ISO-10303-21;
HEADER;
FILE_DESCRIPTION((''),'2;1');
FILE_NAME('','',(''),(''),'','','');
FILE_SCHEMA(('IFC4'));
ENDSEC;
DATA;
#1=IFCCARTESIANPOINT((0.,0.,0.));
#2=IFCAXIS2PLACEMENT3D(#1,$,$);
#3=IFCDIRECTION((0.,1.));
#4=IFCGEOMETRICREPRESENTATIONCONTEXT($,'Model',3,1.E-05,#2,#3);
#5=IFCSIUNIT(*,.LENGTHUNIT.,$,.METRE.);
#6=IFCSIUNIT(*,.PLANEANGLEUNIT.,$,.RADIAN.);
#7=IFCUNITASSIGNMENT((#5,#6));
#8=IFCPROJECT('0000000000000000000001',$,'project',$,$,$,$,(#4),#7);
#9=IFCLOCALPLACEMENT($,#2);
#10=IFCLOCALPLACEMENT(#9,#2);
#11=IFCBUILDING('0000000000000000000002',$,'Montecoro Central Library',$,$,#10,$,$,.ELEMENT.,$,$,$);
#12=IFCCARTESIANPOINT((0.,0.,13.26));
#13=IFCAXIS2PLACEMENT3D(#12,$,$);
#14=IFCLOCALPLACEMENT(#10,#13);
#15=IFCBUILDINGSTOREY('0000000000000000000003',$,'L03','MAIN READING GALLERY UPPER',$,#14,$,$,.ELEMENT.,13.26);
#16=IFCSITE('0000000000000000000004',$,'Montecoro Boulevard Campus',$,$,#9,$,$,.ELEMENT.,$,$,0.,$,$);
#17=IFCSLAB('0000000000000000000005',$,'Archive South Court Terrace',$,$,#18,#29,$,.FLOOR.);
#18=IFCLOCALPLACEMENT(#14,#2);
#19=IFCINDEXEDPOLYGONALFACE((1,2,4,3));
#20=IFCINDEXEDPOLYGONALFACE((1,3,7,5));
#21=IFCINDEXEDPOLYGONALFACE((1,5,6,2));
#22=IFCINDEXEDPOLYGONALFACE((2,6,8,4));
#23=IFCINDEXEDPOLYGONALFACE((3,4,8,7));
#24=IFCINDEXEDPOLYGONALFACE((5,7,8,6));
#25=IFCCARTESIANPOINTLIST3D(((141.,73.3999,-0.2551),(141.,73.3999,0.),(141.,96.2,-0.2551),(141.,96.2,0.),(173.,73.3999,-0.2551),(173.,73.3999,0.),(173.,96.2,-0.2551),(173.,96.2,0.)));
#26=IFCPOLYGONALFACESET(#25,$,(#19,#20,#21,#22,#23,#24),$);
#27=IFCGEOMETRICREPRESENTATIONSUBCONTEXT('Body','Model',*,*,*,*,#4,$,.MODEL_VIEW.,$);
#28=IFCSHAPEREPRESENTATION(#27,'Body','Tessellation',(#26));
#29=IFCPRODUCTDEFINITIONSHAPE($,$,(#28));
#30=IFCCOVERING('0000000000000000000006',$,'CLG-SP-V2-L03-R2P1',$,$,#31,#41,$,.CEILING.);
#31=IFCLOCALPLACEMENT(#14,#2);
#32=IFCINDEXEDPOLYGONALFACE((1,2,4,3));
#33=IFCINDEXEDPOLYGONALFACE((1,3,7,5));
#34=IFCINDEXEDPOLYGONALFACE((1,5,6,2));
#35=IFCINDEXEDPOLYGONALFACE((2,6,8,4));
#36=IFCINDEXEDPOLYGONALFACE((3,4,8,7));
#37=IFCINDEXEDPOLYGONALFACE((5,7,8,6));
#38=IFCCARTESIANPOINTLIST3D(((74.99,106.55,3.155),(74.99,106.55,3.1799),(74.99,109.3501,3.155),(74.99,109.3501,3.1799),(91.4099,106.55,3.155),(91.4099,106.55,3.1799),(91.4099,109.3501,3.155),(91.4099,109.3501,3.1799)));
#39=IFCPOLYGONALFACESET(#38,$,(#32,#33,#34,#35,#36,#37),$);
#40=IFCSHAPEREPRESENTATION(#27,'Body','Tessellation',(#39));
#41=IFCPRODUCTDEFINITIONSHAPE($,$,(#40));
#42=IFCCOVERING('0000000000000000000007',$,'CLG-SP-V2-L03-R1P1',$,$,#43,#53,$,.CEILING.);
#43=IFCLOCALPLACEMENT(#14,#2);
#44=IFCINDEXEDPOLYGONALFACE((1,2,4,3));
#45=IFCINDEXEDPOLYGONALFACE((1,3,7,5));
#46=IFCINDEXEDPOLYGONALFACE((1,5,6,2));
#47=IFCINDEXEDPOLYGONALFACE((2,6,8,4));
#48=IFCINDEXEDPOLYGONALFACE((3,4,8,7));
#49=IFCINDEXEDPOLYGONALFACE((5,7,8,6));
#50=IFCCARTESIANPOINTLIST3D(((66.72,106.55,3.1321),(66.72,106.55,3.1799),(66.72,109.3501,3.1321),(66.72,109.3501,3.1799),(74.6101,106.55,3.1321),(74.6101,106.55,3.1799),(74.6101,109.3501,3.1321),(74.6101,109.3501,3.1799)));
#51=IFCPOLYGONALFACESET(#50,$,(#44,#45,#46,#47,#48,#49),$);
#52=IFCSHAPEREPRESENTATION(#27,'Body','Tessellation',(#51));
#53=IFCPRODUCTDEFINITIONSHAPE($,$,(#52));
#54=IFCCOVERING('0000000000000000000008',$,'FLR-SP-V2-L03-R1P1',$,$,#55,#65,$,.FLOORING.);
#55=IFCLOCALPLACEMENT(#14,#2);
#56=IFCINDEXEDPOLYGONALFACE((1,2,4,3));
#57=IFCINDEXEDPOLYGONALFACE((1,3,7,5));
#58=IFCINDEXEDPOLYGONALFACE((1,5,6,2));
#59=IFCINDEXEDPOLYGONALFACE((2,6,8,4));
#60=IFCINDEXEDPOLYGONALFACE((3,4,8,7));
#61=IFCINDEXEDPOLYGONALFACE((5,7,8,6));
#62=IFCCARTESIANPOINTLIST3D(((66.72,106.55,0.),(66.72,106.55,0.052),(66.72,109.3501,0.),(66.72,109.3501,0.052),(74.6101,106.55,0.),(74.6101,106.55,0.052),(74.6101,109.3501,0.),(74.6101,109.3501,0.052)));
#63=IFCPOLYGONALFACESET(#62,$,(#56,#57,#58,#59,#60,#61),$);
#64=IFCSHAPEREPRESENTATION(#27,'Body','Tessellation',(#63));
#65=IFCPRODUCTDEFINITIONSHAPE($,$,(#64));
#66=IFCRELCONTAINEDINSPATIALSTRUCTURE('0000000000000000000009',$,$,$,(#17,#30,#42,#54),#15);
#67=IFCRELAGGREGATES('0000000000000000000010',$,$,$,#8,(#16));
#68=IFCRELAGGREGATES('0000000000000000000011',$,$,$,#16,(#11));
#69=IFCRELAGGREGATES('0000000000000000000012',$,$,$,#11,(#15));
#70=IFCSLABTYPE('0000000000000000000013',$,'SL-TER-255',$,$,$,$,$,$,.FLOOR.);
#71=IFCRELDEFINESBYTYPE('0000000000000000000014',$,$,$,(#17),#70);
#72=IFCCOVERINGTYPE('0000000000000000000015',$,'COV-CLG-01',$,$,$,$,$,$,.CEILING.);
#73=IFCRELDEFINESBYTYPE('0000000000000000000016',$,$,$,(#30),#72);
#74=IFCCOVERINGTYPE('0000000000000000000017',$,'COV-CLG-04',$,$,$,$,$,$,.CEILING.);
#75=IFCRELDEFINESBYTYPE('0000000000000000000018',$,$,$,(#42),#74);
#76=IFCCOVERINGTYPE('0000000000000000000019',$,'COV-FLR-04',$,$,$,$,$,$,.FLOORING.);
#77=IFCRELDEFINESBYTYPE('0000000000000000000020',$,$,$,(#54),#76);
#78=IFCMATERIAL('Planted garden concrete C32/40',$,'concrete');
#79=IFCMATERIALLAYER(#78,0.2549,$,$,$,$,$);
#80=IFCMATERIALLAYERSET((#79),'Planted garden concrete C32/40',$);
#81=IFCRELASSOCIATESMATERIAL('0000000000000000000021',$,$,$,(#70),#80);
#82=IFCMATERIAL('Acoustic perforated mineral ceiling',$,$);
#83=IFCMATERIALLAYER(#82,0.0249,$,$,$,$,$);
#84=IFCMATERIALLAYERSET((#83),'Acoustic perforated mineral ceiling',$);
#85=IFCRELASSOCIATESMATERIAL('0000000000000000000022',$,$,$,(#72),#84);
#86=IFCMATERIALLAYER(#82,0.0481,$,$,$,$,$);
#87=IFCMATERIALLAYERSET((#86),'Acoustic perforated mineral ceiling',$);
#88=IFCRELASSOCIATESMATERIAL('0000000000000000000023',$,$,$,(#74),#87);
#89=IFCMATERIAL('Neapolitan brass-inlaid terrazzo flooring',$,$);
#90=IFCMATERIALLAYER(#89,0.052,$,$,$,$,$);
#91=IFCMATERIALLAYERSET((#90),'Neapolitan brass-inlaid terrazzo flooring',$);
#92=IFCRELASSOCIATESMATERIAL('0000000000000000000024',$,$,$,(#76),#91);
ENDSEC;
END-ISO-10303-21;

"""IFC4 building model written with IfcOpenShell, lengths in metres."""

from ifc_helpers import new_model, si_unit, direction, frame, origin, place, context, subcontext, project, spatial, polyline, outline, extrude, material, layer, layer_set, type_object, element, save


model = new_model("IFC4")

# Units and contexts
model_context = context("Model", 3, precision=1e-05, world=origin(), true_north=direction((0.0, 1.0)))
body_context = subcontext(model_context, "Body", "Model", "MODEL_VIEW")
ifc_project = project(units=[si_unit("LENGTHUNIT", "METRE"), si_unit("PLANEANGLEUNIT", "RADIAN")], contexts=[model_context])

# Site, building, storey
site_placement = place(None, origin())
site = spatial("IfcSite", under=ifc_project, at=site_placement, Name="Montecoro Boulevard Campus", CompositionType="ELEMENT", RefElevation=0.0)
building_placement = place(site_placement, origin())
building = spatial("IfcBuilding", under=site, at=building_placement, Name="Montecoro Central Library", CompositionType="ELEMENT")
storey_placement = place(building_placement, frame((0.0, 0.0, 13.26)))
storey = spatial("IfcBuildingStorey", under=building, at=storey_placement, Name="L03", Description="MAIN READING GALLERY UPPER", CompositionType="ELEMENT", Elevation=13.26)

# Slab
ifc_material_1 = material(Name="Planted garden concrete C32/40", Category="concrete")
ifc_layer_1 = layer(ifc_material_1, 0.2549)
ifc_layer_set_1 = layer_set([ifc_layer_1], Name="Planted garden concrete C32/40")
slab_type_1 = type_object("IfcSlabType", Name="SL-TER-255", PredefinedType="FLOOR", material=ifc_layer_set_1)
slab_1_placement = place(storey_placement, frame((0.0, 0.0, -0.2551)))
element("IfcSlab", 1, at=slab_1_placement, inside=storey, type_object=slab_type_1, Name="Archive South Court Terrace", PredefinedType="FLOOR", context=body_context, shape_type="SweptSolid", body=[
    extrude(outline(polyline([(141.0, 73.3999), (173.0, 73.3999), (173.0, 96.2), (141.0, 96.2), (141.0, 73.3999)])), origin(), (0.0, 0.0, 1.0), 0.2551),
])

# Coverings
ifc_material_2 = material(Name="Acoustic perforated mineral ceiling")
ifc_layer_2 = layer(ifc_material_2, 0.0249)
ifc_layer_set_2 = layer_set([ifc_layer_2], Name="Acoustic perforated mineral ceiling")
covering_type_1 = type_object("IfcCoveringType", Name="COV-CLG-01", PredefinedType="CEILING", material=ifc_layer_set_2)
covering_1_placement = place(storey_placement, frame((0.0, 0.0, 3.155)))
element("IfcCovering", 2, at=covering_1_placement, inside=storey, type_object=covering_type_1, Name="CLG-SP-V2-L03-R2P1", PredefinedType="CEILING", context=body_context, shape_type="SweptSolid", body=[
    extrude(outline(polyline([(74.99, 106.55), (91.4099, 106.55), (91.4099, 109.3501), (74.99, 109.3501), (74.99, 106.55)])), origin(), (0.0, 0.0, 1.0), 0.0249),
])
ifc_layer_3 = layer(ifc_material_2, 0.0481)
ifc_layer_set_3 = layer_set([ifc_layer_3], Name="Acoustic perforated mineral ceiling")
covering_type_2 = type_object("IfcCoveringType", Name="COV-CLG-04", PredefinedType="CEILING", material=ifc_layer_set_3)
covering_2_placement = place(storey_placement, frame((0.0, 0.0, 3.1321)))
element("IfcCovering", 3, at=covering_2_placement, inside=storey, type_object=covering_type_2, Name="CLG-SP-V2-L03-R1P1", PredefinedType="CEILING", context=body_context, shape_type="SweptSolid", body=[
    extrude(outline(polyline([(66.72, 106.55), (74.6101, 106.55), (74.6101, 109.3501), (66.72, 109.3501), (66.72, 106.55)])), origin(), (0.0, 0.0, 1.0), 0.0479),
])
ifc_material_3 = material(Name="Neapolitan brass-inlaid terrazzo flooring")
ifc_layer_4 = layer(ifc_material_3, 0.052)
ifc_layer_set_4 = layer_set([ifc_layer_4], Name="Neapolitan brass-inlaid terrazzo flooring")
covering_type_3 = type_object("IfcCoveringType", Name="COV-FLR-04", PredefinedType="FLOORING", material=ifc_layer_set_4)
covering_3_placement = place(storey_placement, origin())
element("IfcCovering", 4, at=covering_3_placement, inside=storey, type_object=covering_type_3, Name="FLR-SP-V2-L03-R1P1", PredefinedType="FLOORING", context=body_context, shape_type="SweptSolid", body=[
    extrude(outline(polyline([(66.72, 106.55), (74.6101, 106.55), (74.6101, 109.3501), (66.72, 109.3501), (66.72, 106.55)])), origin(), (0.0, 0.0, 1.0), 0.052),
])

save(model, "model.ifc")
